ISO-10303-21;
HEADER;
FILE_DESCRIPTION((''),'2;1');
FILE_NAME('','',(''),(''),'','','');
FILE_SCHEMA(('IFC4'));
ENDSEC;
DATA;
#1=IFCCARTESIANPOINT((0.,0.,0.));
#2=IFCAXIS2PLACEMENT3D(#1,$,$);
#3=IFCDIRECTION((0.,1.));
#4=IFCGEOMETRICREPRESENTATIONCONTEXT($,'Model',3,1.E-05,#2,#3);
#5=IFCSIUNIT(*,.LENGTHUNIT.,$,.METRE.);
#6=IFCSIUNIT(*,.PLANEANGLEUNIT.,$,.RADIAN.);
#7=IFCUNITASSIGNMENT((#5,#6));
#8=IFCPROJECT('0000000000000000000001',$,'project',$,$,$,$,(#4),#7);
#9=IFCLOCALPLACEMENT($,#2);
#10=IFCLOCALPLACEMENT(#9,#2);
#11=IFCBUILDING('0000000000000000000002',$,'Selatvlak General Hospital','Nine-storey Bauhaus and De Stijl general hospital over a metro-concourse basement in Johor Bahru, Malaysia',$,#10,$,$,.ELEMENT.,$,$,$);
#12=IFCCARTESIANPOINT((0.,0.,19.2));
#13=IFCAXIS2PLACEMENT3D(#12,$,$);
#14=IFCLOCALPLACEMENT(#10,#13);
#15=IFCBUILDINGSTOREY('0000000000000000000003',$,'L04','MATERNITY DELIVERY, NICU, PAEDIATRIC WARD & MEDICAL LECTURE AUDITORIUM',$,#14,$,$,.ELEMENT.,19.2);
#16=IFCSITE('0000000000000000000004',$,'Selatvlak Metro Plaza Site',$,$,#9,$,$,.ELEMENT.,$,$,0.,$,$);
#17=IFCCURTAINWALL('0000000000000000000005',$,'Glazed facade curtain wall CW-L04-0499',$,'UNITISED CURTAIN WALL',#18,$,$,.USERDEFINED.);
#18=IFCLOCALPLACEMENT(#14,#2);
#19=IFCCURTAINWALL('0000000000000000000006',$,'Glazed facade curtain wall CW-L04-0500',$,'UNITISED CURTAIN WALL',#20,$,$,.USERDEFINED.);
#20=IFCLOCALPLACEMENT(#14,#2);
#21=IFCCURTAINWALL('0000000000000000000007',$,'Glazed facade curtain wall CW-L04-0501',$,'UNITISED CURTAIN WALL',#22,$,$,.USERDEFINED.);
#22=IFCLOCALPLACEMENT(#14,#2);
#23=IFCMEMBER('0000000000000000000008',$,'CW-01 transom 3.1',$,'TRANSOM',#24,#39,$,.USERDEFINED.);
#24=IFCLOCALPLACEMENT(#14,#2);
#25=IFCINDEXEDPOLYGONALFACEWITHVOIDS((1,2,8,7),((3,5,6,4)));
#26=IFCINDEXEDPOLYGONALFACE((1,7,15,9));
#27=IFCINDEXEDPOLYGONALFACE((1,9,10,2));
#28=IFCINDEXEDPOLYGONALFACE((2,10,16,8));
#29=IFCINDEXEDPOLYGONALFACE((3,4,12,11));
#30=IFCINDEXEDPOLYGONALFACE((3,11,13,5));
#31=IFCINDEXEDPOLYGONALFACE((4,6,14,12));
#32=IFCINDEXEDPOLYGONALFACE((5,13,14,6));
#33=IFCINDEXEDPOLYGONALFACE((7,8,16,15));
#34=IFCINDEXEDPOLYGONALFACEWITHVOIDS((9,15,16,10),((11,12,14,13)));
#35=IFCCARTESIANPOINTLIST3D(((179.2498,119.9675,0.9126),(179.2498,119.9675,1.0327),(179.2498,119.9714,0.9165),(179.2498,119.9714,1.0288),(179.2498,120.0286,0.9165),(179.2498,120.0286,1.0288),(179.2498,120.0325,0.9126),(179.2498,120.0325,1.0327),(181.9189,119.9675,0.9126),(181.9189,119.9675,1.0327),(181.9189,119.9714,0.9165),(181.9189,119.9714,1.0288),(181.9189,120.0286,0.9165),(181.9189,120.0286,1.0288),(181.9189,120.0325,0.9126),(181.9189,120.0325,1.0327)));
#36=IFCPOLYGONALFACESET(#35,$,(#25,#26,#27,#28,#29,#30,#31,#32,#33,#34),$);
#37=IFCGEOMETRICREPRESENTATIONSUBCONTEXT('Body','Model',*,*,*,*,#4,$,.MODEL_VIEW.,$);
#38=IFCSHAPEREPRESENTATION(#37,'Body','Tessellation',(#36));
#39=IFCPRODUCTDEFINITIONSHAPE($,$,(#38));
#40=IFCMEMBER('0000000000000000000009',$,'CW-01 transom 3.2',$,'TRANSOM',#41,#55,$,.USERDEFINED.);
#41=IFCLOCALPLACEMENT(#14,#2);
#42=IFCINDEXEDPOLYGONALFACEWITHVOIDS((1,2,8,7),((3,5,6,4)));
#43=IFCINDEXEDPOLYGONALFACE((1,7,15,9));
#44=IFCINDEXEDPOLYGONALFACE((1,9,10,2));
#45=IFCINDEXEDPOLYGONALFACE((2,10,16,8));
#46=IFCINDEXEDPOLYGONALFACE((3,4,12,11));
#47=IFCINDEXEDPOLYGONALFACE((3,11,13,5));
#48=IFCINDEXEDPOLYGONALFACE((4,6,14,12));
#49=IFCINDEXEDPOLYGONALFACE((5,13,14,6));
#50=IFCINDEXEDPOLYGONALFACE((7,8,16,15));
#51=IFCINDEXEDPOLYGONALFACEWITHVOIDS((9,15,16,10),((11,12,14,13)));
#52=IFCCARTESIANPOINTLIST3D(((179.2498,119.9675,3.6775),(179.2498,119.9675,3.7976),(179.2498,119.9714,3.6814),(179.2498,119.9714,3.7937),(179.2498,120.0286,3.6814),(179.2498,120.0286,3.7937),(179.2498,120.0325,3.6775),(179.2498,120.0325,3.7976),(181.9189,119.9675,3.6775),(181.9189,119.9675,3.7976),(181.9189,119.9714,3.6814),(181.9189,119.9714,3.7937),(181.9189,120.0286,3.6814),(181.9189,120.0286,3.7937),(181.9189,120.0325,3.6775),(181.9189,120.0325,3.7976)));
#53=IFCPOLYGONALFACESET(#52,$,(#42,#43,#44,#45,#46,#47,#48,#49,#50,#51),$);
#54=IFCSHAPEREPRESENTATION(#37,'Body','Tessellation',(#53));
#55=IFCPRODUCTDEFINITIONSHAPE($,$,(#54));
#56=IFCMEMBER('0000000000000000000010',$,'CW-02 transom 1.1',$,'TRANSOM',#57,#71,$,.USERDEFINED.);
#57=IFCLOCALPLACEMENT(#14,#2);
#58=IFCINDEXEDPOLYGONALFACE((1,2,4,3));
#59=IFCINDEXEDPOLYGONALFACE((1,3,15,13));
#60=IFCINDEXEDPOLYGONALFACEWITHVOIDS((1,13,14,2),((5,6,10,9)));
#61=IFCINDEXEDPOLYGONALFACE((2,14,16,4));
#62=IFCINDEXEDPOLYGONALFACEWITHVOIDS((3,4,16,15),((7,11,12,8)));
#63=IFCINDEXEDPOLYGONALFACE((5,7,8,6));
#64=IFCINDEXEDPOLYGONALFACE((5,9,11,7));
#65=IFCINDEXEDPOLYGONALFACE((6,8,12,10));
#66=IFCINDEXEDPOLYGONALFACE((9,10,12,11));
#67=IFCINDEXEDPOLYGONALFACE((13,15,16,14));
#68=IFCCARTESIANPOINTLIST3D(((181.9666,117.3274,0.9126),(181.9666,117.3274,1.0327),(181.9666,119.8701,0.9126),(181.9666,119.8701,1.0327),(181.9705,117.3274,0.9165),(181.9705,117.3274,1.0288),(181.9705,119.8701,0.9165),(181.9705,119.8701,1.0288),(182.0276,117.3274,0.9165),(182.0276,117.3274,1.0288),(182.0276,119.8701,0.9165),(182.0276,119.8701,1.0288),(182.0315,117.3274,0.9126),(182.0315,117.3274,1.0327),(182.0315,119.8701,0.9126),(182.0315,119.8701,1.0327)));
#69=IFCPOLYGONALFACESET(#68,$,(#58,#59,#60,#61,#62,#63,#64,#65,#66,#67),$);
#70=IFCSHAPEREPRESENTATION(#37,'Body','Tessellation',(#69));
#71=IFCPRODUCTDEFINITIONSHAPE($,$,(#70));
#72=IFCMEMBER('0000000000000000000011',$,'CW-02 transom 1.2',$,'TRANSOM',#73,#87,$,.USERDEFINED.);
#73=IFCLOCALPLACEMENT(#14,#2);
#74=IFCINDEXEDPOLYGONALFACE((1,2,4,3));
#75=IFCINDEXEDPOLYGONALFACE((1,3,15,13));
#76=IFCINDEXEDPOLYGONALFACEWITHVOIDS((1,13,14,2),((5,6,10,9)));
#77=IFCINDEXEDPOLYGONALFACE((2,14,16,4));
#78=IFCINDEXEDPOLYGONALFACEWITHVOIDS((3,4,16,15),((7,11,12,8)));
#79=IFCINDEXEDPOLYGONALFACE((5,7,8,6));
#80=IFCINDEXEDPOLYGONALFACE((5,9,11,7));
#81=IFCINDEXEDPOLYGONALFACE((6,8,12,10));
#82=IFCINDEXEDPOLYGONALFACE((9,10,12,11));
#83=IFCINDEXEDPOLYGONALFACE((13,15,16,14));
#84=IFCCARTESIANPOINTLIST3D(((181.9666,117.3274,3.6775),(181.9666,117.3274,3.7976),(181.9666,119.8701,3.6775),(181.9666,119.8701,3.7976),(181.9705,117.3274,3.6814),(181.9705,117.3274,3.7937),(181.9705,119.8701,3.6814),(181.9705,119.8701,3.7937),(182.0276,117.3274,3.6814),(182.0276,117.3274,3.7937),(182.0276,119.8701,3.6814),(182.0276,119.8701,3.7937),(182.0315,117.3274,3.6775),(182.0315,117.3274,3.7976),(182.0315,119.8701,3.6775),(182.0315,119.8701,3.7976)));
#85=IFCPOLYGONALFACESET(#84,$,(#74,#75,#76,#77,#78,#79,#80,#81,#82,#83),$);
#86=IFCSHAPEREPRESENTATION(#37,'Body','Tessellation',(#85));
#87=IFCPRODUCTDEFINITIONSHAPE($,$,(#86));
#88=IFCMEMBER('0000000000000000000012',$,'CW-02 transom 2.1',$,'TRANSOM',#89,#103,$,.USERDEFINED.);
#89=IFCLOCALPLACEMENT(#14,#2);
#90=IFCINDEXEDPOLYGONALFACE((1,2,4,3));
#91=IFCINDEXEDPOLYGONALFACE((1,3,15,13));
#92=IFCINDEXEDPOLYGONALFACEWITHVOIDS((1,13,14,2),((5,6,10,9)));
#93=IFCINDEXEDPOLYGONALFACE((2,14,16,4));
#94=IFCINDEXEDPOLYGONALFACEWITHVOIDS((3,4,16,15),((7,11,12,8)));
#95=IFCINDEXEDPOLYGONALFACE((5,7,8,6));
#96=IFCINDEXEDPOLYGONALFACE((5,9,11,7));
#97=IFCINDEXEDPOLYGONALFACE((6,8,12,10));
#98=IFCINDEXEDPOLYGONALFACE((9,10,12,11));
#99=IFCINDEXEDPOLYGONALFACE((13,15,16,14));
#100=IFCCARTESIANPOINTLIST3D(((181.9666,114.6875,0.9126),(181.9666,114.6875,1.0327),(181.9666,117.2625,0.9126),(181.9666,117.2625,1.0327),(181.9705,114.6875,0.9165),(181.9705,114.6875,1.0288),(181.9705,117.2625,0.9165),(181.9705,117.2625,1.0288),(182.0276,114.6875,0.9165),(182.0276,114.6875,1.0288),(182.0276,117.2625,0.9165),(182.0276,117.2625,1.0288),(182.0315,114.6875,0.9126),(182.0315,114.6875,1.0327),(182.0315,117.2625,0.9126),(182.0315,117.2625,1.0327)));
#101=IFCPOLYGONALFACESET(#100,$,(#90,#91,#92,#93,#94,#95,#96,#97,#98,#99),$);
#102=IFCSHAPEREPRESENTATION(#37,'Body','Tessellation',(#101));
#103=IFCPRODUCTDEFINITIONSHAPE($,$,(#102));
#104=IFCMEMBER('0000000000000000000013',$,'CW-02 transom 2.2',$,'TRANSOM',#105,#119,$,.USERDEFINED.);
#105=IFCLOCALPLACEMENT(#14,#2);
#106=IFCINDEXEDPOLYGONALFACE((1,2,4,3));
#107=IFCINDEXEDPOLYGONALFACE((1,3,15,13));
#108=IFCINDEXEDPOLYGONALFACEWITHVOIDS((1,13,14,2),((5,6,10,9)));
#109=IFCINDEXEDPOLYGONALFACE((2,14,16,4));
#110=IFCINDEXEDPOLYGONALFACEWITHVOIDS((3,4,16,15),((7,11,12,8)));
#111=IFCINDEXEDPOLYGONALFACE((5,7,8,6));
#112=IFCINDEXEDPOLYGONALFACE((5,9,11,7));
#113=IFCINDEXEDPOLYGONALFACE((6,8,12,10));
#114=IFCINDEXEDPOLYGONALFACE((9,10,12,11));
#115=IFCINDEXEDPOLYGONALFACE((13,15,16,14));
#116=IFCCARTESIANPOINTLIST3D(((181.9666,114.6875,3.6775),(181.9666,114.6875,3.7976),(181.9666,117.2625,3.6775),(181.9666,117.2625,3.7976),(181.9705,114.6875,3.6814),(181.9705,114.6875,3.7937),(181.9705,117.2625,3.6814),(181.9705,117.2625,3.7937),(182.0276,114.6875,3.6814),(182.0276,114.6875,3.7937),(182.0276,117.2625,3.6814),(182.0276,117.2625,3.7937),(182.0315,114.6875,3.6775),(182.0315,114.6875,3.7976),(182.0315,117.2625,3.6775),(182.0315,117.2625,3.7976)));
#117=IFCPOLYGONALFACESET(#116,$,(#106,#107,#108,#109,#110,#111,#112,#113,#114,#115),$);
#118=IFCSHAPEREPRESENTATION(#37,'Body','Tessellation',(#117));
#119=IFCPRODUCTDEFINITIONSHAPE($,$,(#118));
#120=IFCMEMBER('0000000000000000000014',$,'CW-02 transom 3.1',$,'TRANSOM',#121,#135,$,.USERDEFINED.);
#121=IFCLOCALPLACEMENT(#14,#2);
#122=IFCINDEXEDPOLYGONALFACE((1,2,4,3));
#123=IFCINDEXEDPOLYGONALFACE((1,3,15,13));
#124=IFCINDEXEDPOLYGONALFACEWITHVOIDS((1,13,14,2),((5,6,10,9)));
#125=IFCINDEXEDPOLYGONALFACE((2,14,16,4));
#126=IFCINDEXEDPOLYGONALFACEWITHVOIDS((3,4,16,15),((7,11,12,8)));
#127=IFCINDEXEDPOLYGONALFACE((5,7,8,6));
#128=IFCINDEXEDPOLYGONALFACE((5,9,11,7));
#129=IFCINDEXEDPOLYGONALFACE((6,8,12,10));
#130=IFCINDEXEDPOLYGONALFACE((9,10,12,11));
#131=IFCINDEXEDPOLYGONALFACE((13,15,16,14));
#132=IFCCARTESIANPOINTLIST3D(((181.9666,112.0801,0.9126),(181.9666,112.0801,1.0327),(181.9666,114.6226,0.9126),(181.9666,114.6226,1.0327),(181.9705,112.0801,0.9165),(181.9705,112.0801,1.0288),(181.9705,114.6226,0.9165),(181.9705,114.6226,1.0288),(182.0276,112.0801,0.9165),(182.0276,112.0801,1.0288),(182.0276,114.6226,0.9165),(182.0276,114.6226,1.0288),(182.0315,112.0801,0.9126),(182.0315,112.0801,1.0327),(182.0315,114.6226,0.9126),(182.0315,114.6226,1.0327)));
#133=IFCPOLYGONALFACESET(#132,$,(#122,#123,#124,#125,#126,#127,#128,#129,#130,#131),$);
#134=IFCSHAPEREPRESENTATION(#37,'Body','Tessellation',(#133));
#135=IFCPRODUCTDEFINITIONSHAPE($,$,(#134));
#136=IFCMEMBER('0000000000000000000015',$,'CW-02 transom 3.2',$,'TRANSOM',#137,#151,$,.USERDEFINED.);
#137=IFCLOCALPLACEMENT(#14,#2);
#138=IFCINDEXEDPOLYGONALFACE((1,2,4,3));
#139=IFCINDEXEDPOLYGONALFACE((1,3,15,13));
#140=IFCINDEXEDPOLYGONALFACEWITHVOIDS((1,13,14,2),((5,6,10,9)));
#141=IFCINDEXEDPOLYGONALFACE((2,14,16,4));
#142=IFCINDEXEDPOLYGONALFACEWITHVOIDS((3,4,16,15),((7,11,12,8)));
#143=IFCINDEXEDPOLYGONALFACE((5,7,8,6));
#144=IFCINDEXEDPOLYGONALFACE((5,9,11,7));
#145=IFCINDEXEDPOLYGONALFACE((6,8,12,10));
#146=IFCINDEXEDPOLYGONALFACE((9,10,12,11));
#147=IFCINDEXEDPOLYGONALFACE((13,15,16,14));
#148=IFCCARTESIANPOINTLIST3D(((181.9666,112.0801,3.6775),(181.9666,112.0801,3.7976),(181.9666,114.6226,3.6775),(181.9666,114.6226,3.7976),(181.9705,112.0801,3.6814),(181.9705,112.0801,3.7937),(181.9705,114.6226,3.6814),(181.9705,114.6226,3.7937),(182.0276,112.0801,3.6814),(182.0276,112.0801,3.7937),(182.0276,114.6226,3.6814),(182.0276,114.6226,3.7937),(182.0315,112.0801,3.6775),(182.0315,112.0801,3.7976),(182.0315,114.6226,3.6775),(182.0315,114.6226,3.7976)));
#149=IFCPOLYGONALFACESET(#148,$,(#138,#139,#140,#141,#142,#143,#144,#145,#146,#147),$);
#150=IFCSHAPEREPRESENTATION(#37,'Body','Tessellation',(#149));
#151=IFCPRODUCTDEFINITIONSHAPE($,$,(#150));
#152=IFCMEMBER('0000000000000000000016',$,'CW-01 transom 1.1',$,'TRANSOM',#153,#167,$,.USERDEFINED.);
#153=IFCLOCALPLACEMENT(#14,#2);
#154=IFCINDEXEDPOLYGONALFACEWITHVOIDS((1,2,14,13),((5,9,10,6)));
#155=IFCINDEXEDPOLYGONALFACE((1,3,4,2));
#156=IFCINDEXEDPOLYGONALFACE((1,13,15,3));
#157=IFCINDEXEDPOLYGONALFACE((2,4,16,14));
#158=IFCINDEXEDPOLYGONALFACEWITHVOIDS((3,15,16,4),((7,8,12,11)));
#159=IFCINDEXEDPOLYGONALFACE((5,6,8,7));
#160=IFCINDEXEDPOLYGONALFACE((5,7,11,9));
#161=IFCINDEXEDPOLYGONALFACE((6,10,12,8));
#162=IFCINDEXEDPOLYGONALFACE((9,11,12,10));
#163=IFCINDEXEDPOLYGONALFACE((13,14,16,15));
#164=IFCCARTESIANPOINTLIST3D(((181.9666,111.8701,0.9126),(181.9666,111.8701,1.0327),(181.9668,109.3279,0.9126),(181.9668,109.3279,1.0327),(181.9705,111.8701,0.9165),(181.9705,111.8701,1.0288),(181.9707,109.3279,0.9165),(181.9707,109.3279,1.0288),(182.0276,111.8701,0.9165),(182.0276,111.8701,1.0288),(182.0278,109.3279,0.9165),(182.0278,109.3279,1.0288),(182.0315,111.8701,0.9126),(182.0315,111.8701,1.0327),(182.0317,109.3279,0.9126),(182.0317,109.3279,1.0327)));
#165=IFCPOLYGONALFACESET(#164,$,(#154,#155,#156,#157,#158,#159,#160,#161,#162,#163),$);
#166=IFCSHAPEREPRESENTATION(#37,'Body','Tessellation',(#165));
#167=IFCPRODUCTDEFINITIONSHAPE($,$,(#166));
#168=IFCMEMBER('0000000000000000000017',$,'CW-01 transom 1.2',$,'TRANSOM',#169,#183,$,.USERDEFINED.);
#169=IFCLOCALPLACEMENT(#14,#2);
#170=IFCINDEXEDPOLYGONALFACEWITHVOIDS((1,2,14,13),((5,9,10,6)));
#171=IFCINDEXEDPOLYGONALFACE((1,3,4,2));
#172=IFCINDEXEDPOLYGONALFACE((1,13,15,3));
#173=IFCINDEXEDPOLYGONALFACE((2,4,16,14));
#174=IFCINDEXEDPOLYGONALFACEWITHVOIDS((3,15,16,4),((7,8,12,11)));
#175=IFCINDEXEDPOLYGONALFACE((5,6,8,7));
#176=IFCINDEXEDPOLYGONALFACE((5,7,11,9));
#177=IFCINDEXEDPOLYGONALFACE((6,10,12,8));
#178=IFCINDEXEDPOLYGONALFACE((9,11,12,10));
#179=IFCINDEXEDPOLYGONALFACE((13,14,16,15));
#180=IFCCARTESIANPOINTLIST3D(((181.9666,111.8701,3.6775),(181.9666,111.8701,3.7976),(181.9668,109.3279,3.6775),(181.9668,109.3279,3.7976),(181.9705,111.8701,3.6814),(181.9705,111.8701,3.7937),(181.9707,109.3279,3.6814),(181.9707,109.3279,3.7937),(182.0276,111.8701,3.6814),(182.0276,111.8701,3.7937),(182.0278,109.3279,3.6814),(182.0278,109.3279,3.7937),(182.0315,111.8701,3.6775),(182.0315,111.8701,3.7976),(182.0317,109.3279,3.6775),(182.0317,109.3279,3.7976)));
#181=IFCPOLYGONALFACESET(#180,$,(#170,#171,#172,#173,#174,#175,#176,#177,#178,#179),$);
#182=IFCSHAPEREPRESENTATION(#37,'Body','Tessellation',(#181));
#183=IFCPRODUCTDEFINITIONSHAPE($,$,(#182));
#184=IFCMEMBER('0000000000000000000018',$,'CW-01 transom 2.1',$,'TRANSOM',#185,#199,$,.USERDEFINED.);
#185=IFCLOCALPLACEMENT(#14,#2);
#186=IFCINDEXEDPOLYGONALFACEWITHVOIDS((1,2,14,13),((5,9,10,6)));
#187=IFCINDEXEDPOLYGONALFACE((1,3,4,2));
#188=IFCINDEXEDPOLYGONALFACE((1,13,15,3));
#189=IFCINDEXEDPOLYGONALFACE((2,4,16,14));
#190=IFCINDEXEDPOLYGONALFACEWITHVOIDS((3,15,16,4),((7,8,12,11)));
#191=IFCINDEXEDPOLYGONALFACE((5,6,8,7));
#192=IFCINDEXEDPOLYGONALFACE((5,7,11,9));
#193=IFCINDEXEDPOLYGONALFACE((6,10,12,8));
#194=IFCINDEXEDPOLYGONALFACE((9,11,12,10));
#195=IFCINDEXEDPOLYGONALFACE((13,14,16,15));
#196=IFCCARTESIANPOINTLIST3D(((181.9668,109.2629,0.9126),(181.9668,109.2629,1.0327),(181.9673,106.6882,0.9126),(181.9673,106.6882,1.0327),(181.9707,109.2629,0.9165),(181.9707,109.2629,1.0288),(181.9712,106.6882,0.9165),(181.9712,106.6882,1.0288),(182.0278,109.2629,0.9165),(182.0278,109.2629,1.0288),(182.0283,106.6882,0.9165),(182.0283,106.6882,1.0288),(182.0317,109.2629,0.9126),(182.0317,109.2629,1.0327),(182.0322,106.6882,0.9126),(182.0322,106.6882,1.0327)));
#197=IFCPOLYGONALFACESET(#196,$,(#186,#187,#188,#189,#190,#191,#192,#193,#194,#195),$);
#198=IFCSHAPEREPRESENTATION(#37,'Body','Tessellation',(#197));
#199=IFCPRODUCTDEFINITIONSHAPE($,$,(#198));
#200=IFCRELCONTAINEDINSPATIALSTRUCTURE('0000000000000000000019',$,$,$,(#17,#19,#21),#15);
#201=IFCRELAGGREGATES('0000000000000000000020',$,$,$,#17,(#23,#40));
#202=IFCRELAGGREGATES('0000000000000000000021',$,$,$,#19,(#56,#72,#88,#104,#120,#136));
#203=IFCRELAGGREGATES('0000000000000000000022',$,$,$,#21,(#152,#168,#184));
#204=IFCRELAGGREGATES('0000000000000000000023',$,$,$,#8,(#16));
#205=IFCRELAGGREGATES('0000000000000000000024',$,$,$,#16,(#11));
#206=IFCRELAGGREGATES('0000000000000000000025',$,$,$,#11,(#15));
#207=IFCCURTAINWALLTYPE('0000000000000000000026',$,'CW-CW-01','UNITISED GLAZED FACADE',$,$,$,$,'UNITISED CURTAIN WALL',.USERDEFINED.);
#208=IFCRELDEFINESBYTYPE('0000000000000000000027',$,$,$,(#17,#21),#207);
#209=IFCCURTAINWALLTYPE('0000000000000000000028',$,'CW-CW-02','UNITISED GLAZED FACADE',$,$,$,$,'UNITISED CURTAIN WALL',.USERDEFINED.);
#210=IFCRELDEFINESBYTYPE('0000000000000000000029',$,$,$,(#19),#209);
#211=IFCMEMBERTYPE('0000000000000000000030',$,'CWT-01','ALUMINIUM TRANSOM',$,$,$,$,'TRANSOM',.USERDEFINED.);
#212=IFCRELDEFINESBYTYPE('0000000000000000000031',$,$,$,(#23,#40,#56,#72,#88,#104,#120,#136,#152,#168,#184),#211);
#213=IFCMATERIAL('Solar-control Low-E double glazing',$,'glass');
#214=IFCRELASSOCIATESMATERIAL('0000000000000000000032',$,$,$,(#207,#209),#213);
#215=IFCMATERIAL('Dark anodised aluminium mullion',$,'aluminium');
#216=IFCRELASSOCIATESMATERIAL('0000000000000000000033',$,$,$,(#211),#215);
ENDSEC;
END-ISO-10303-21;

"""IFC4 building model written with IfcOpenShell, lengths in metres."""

from ifc_helpers import new_model, si_unit, direction, frame, origin, origin_2d, place, context, subcontext, project, spatial, hollow_rectangle, extrude, material, material_profile, profile_set, type_object, element, aggregate, save


model = new_model("IFC4")

# Units and contexts
model_context = context("Model", 3, precision=1e-05, world=origin(), true_north=direction((0.0, 1.0)))
body_context = subcontext(model_context, "Body", "Model", "MODEL_VIEW")
ifc_project = project(units=[si_unit("LENGTHUNIT", "METRE"), si_unit("PLANEANGLEUNIT", "RADIAN")], contexts=[model_context])

# Site, building, storey
site_placement = place(None, origin())
site = spatial("IfcSite", under=ifc_project, at=site_placement, Name="Selatvlak Metro Plaza Site", CompositionType="ELEMENT", RefElevation=0.0)
building_placement = place(site_placement, origin())
building = spatial("IfcBuilding", under=site, at=building_placement, Name="Selatvlak General Hospital", Description="Nine-storey Bauhaus and De Stijl general hospital over a metro-concourse basement in Johor Bahru, Malaysia", CompositionType="ELEMENT")
storey_placement = place(building_placement, frame((0.0, 0.0, 19.2)))
storey = spatial("IfcBuildingStorey", under=building, at=storey_placement, Name="L04", Description="MATERNITY DELIVERY, NICU, PAEDIATRIC WARD & MEDICAL LECTURE AUDITORIUM", CompositionType="ELEMENT", Elevation=19.2)

# Curtain walls
ifc_material_1 = material(Name="Solar-control Low-E double glazing", Category="glass")
curtain_wall_type_1 = type_object("IfcCurtainWallType", Name="CW-CW-01", Description="UNITISED GLAZED FACADE", ElementType="UNITISED CURTAIN WALL", PredefinedType="USERDEFINED", material=ifc_material_1)
curtain_wall_1_placement = place(storey_placement, origin())
curtain_wall_1 = element("IfcCurtainWall", 1, at=curtain_wall_1_placement, inside=storey, type_object=curtain_wall_type_1, Name="Glazed facade curtain wall CW-L04-0499", ObjectType="UNITISED CURTAIN WALL", PredefinedType="USERDEFINED")
ifc_material_2 = material(Name="Dark anodised aluminium mullion", Category="aluminium")
curtain_wall_type_2 = type_object("IfcCurtainWallType", Name="CW-CW-02", Description="UNITISED GLAZED FACADE", ElementType="UNITISED CURTAIN WALL", PredefinedType="USERDEFINED", material=ifc_material_1)
curtain_wall_2_placement = place(storey_placement, origin())
curtain_wall_2 = element("IfcCurtainWall", 2, at=curtain_wall_2_placement, inside=storey, type_object=curtain_wall_type_2, Name="Glazed facade curtain wall CW-L04-0500", ObjectType="UNITISED CURTAIN WALL", PredefinedType="USERDEFINED")
curtain_wall_3_placement = place(storey_placement, origin())
curtain_wall_3 = element("IfcCurtainWall", 3, at=curtain_wall_3_placement, inside=storey, type_object=curtain_wall_type_1, Name="Glazed facade curtain wall CW-L04-0501", ObjectType="UNITISED CURTAIN WALL", PredefinedType="USERDEFINED")

# Members
ifc_material_profile_1 = material_profile(ifc_material_2, hollow_rectangle(XDim=0.0649, YDim=0.1201, WallThickness=0.0039, at=origin_2d()), Name="AL-TRN 65x120x4")
ifc_profile_set_1 = profile_set([ifc_material_profile_1], Name="Dark anodised aluminium mullion")
member_type_1 = type_object("IfcMemberType", Name="CWT-01", Description="ALUMINIUM TRANSOM", ElementType="TRANSOM", PredefinedType="USERDEFINED", material=ifc_profile_set_1)
member_1_placement = place(storey_placement, frame((179.2498, 120.0, 0.9727), z_axis=(1.0, 0.0, 0.0), x_axis=(0.0, 1.0, 0.0)))
member_1 = element("IfcMember", 4, at=member_1_placement, type_object=member_type_1, Name="CW-01 transom 3.1", ObjectType="TRANSOM", PredefinedType="USERDEFINED", context=body_context, shape_type="SweptSolid", body=[
    extrude(hollow_rectangle(XDim=0.0649, YDim=0.1201, WallThickness=0.0039, at=origin_2d()), origin(), (0.0, 0.0, 1.0), 2.6692),
])
member_2_placement = place(storey_placement, frame((179.2498, 120.0, 3.7375), z_axis=(1.0, 0.0, 0.0), x_axis=(0.0, 1.0, 0.0)))
member_2 = element("IfcMember", 5, at=member_2_placement, type_object=member_type_1, Name="CW-01 transom 3.2", ObjectType="TRANSOM", PredefinedType="USERDEFINED", context=body_context, shape_type="SweptSolid", body=[
    extrude(hollow_rectangle(XDim=0.0649, YDim=0.1201, WallThickness=0.0039, at=origin_2d()), origin(), (0.0, 0.0, 1.0), 2.6692),
])
member_3_placement = place(storey_placement, frame((181.999, 119.8701, 0.9727), z_axis=(0.0, -1.0, 0.0), x_axis=(1.0, 0.0, 0.0)))
member_3 = element("IfcMember", 6, at=member_3_placement, type_object=member_type_1, Name="CW-02 transom 1.1", ObjectType="TRANSOM", PredefinedType="USERDEFINED", context=body_context, shape_type="SweptSolid", body=[
    extrude(hollow_rectangle(XDim=0.0649, YDim=0.1201, WallThickness=0.0039, at=origin_2d()), origin(), (0.0, 0.0, 1.0), 2.5427),
])
member_4_placement = place(storey_placement, frame((181.999, 119.8701, 3.7375), z_axis=(0.0, -1.0, 0.0), x_axis=(1.0, 0.0, 0.0)))
member_4 = element("IfcMember", 7, at=member_4_placement, type_object=member_type_1, Name="CW-02 transom 1.2", ObjectType="TRANSOM", PredefinedType="USERDEFINED", context=body_context, shape_type="SweptSolid", body=[
    extrude(hollow_rectangle(XDim=0.0649, YDim=0.1201, WallThickness=0.0039, at=origin_2d()), origin(), (0.0, 0.0, 1.0), 2.5427),
])
member_5_placement = place(storey_placement, frame((181.999, 117.2625, 0.9727), z_axis=(0.0, -1.0, 0.0), x_axis=(1.0, 0.0, 0.0)))
member_5 = element("IfcMember", 8, at=member_5_placement, type_object=member_type_1, Name="CW-02 transom 2.1", ObjectType="TRANSOM", PredefinedType="USERDEFINED", context=body_context, shape_type="SweptSolid", body=[
    extrude(hollow_rectangle(XDim=0.0649, YDim=0.1201, WallThickness=0.0039, at=origin_2d()), origin(), (0.0, 0.0, 1.0), 2.575),
])
member_6_placement = place(storey_placement, frame((181.999, 117.2625, 3.7375), z_axis=(0.0, -1.0, 0.0), x_axis=(1.0, 0.0, 0.0)))
member_6 = element("IfcMember", 9, at=member_6_placement, type_object=member_type_1, Name="CW-02 transom 2.2", ObjectType="TRANSOM", PredefinedType="USERDEFINED", context=body_context, shape_type="SweptSolid", body=[
    extrude(hollow_rectangle(XDim=0.0649, YDim=0.1201, WallThickness=0.0039, at=origin_2d()), origin(), (0.0, 0.0, 1.0), 2.575),
])
member_7_placement = place(storey_placement, frame((181.999, 114.6226, 0.9727), z_axis=(0.0, -1.0, 0.0), x_axis=(1.0, 0.0, 0.0)))
member_7 = element("IfcMember", 10, at=member_7_placement, type_object=member_type_1, Name="CW-02 transom 3.1", ObjectType="TRANSOM", PredefinedType="USERDEFINED", context=body_context, shape_type="SweptSolid", body=[
    extrude(hollow_rectangle(XDim=0.0649, YDim=0.1201, WallThickness=0.0039, at=origin_2d()), origin(), (0.0, 0.0, 1.0), 2.5425),
])
member_8_placement = place(storey_placement, frame((181.999, 114.6226, 3.7375), z_axis=(0.0, -1.0, 0.0), x_axis=(1.0, 0.0, 0.0)))
member_8 = element("IfcMember", 11, at=member_8_placement, type_object=member_type_1, Name="CW-02 transom 3.2", ObjectType="TRANSOM", PredefinedType="USERDEFINED", context=body_context, shape_type="SweptSolid", body=[
    extrude(hollow_rectangle(XDim=0.0649, YDim=0.1201, WallThickness=0.0039, at=origin_2d()), origin(), (0.0, 0.0, 1.0), 2.5425),
])
member_9_placement = place(storey_placement, frame((181.999, 111.8701, 0.9727), z_axis=(0.000096, -1.0, 0.0), x_axis=(1.0, 0.000096, 0.0)))
member_9 = element("IfcMember", 12, at=member_9_placement, type_object=member_type_1, Name="CW-01 transom 1.1", ObjectType="TRANSOM", PredefinedType="USERDEFINED", context=body_context, shape_type="SweptSolid", body=[
    extrude(hollow_rectangle(XDim=0.0649, YDim=0.1201, WallThickness=0.0039, at=origin_2d()), origin(), (0.0, 0.0, 1.0), 2.5422),
])
member_10_placement = place(storey_placement, frame((181.999, 111.8701, 3.7375), z_axis=(0.000096, -1.0, 0.0), x_axis=(1.0, 0.000096, 0.0)))
member_10 = element("IfcMember", 13, at=member_10_placement, type_object=member_type_1, Name="CW-01 transom 1.2", ObjectType="TRANSOM", PredefinedType="USERDEFINED", context=body_context, shape_type="SweptSolid", body=[
    extrude(hollow_rectangle(XDim=0.0649, YDim=0.1201, WallThickness=0.0039, at=origin_2d()), origin(), (0.0, 0.0, 1.0), 2.5422),
])
member_11_placement = place(storey_placement, frame((181.9993, 109.2629, 0.9727), z_axis=(0.00019, -1.0, 0.0), x_axis=(1.0, 0.00019, 0.0)))
member_11 = element("IfcMember", 14, at=member_11_placement, type_object=member_type_1, Name="CW-01 transom 2.1", ObjectType="TRANSOM", PredefinedType="USERDEFINED", context=body_context, shape_type="SweptSolid", body=[
    extrude(hollow_rectangle(XDim=0.0649, YDim=0.1201, WallThickness=0.0039, at=origin_2d()), origin(), (0.0, 0.0, 1.0), 2.5747),
])

aggregate(curtain_wall_1, [member_1, member_2])
aggregate(curtain_wall_2, [member_3, member_4, member_5, member_6, member_7, member_8])
aggregate(curtain_wall_3, [member_9, member_10, member_11])

save(model, "model.ifc")
